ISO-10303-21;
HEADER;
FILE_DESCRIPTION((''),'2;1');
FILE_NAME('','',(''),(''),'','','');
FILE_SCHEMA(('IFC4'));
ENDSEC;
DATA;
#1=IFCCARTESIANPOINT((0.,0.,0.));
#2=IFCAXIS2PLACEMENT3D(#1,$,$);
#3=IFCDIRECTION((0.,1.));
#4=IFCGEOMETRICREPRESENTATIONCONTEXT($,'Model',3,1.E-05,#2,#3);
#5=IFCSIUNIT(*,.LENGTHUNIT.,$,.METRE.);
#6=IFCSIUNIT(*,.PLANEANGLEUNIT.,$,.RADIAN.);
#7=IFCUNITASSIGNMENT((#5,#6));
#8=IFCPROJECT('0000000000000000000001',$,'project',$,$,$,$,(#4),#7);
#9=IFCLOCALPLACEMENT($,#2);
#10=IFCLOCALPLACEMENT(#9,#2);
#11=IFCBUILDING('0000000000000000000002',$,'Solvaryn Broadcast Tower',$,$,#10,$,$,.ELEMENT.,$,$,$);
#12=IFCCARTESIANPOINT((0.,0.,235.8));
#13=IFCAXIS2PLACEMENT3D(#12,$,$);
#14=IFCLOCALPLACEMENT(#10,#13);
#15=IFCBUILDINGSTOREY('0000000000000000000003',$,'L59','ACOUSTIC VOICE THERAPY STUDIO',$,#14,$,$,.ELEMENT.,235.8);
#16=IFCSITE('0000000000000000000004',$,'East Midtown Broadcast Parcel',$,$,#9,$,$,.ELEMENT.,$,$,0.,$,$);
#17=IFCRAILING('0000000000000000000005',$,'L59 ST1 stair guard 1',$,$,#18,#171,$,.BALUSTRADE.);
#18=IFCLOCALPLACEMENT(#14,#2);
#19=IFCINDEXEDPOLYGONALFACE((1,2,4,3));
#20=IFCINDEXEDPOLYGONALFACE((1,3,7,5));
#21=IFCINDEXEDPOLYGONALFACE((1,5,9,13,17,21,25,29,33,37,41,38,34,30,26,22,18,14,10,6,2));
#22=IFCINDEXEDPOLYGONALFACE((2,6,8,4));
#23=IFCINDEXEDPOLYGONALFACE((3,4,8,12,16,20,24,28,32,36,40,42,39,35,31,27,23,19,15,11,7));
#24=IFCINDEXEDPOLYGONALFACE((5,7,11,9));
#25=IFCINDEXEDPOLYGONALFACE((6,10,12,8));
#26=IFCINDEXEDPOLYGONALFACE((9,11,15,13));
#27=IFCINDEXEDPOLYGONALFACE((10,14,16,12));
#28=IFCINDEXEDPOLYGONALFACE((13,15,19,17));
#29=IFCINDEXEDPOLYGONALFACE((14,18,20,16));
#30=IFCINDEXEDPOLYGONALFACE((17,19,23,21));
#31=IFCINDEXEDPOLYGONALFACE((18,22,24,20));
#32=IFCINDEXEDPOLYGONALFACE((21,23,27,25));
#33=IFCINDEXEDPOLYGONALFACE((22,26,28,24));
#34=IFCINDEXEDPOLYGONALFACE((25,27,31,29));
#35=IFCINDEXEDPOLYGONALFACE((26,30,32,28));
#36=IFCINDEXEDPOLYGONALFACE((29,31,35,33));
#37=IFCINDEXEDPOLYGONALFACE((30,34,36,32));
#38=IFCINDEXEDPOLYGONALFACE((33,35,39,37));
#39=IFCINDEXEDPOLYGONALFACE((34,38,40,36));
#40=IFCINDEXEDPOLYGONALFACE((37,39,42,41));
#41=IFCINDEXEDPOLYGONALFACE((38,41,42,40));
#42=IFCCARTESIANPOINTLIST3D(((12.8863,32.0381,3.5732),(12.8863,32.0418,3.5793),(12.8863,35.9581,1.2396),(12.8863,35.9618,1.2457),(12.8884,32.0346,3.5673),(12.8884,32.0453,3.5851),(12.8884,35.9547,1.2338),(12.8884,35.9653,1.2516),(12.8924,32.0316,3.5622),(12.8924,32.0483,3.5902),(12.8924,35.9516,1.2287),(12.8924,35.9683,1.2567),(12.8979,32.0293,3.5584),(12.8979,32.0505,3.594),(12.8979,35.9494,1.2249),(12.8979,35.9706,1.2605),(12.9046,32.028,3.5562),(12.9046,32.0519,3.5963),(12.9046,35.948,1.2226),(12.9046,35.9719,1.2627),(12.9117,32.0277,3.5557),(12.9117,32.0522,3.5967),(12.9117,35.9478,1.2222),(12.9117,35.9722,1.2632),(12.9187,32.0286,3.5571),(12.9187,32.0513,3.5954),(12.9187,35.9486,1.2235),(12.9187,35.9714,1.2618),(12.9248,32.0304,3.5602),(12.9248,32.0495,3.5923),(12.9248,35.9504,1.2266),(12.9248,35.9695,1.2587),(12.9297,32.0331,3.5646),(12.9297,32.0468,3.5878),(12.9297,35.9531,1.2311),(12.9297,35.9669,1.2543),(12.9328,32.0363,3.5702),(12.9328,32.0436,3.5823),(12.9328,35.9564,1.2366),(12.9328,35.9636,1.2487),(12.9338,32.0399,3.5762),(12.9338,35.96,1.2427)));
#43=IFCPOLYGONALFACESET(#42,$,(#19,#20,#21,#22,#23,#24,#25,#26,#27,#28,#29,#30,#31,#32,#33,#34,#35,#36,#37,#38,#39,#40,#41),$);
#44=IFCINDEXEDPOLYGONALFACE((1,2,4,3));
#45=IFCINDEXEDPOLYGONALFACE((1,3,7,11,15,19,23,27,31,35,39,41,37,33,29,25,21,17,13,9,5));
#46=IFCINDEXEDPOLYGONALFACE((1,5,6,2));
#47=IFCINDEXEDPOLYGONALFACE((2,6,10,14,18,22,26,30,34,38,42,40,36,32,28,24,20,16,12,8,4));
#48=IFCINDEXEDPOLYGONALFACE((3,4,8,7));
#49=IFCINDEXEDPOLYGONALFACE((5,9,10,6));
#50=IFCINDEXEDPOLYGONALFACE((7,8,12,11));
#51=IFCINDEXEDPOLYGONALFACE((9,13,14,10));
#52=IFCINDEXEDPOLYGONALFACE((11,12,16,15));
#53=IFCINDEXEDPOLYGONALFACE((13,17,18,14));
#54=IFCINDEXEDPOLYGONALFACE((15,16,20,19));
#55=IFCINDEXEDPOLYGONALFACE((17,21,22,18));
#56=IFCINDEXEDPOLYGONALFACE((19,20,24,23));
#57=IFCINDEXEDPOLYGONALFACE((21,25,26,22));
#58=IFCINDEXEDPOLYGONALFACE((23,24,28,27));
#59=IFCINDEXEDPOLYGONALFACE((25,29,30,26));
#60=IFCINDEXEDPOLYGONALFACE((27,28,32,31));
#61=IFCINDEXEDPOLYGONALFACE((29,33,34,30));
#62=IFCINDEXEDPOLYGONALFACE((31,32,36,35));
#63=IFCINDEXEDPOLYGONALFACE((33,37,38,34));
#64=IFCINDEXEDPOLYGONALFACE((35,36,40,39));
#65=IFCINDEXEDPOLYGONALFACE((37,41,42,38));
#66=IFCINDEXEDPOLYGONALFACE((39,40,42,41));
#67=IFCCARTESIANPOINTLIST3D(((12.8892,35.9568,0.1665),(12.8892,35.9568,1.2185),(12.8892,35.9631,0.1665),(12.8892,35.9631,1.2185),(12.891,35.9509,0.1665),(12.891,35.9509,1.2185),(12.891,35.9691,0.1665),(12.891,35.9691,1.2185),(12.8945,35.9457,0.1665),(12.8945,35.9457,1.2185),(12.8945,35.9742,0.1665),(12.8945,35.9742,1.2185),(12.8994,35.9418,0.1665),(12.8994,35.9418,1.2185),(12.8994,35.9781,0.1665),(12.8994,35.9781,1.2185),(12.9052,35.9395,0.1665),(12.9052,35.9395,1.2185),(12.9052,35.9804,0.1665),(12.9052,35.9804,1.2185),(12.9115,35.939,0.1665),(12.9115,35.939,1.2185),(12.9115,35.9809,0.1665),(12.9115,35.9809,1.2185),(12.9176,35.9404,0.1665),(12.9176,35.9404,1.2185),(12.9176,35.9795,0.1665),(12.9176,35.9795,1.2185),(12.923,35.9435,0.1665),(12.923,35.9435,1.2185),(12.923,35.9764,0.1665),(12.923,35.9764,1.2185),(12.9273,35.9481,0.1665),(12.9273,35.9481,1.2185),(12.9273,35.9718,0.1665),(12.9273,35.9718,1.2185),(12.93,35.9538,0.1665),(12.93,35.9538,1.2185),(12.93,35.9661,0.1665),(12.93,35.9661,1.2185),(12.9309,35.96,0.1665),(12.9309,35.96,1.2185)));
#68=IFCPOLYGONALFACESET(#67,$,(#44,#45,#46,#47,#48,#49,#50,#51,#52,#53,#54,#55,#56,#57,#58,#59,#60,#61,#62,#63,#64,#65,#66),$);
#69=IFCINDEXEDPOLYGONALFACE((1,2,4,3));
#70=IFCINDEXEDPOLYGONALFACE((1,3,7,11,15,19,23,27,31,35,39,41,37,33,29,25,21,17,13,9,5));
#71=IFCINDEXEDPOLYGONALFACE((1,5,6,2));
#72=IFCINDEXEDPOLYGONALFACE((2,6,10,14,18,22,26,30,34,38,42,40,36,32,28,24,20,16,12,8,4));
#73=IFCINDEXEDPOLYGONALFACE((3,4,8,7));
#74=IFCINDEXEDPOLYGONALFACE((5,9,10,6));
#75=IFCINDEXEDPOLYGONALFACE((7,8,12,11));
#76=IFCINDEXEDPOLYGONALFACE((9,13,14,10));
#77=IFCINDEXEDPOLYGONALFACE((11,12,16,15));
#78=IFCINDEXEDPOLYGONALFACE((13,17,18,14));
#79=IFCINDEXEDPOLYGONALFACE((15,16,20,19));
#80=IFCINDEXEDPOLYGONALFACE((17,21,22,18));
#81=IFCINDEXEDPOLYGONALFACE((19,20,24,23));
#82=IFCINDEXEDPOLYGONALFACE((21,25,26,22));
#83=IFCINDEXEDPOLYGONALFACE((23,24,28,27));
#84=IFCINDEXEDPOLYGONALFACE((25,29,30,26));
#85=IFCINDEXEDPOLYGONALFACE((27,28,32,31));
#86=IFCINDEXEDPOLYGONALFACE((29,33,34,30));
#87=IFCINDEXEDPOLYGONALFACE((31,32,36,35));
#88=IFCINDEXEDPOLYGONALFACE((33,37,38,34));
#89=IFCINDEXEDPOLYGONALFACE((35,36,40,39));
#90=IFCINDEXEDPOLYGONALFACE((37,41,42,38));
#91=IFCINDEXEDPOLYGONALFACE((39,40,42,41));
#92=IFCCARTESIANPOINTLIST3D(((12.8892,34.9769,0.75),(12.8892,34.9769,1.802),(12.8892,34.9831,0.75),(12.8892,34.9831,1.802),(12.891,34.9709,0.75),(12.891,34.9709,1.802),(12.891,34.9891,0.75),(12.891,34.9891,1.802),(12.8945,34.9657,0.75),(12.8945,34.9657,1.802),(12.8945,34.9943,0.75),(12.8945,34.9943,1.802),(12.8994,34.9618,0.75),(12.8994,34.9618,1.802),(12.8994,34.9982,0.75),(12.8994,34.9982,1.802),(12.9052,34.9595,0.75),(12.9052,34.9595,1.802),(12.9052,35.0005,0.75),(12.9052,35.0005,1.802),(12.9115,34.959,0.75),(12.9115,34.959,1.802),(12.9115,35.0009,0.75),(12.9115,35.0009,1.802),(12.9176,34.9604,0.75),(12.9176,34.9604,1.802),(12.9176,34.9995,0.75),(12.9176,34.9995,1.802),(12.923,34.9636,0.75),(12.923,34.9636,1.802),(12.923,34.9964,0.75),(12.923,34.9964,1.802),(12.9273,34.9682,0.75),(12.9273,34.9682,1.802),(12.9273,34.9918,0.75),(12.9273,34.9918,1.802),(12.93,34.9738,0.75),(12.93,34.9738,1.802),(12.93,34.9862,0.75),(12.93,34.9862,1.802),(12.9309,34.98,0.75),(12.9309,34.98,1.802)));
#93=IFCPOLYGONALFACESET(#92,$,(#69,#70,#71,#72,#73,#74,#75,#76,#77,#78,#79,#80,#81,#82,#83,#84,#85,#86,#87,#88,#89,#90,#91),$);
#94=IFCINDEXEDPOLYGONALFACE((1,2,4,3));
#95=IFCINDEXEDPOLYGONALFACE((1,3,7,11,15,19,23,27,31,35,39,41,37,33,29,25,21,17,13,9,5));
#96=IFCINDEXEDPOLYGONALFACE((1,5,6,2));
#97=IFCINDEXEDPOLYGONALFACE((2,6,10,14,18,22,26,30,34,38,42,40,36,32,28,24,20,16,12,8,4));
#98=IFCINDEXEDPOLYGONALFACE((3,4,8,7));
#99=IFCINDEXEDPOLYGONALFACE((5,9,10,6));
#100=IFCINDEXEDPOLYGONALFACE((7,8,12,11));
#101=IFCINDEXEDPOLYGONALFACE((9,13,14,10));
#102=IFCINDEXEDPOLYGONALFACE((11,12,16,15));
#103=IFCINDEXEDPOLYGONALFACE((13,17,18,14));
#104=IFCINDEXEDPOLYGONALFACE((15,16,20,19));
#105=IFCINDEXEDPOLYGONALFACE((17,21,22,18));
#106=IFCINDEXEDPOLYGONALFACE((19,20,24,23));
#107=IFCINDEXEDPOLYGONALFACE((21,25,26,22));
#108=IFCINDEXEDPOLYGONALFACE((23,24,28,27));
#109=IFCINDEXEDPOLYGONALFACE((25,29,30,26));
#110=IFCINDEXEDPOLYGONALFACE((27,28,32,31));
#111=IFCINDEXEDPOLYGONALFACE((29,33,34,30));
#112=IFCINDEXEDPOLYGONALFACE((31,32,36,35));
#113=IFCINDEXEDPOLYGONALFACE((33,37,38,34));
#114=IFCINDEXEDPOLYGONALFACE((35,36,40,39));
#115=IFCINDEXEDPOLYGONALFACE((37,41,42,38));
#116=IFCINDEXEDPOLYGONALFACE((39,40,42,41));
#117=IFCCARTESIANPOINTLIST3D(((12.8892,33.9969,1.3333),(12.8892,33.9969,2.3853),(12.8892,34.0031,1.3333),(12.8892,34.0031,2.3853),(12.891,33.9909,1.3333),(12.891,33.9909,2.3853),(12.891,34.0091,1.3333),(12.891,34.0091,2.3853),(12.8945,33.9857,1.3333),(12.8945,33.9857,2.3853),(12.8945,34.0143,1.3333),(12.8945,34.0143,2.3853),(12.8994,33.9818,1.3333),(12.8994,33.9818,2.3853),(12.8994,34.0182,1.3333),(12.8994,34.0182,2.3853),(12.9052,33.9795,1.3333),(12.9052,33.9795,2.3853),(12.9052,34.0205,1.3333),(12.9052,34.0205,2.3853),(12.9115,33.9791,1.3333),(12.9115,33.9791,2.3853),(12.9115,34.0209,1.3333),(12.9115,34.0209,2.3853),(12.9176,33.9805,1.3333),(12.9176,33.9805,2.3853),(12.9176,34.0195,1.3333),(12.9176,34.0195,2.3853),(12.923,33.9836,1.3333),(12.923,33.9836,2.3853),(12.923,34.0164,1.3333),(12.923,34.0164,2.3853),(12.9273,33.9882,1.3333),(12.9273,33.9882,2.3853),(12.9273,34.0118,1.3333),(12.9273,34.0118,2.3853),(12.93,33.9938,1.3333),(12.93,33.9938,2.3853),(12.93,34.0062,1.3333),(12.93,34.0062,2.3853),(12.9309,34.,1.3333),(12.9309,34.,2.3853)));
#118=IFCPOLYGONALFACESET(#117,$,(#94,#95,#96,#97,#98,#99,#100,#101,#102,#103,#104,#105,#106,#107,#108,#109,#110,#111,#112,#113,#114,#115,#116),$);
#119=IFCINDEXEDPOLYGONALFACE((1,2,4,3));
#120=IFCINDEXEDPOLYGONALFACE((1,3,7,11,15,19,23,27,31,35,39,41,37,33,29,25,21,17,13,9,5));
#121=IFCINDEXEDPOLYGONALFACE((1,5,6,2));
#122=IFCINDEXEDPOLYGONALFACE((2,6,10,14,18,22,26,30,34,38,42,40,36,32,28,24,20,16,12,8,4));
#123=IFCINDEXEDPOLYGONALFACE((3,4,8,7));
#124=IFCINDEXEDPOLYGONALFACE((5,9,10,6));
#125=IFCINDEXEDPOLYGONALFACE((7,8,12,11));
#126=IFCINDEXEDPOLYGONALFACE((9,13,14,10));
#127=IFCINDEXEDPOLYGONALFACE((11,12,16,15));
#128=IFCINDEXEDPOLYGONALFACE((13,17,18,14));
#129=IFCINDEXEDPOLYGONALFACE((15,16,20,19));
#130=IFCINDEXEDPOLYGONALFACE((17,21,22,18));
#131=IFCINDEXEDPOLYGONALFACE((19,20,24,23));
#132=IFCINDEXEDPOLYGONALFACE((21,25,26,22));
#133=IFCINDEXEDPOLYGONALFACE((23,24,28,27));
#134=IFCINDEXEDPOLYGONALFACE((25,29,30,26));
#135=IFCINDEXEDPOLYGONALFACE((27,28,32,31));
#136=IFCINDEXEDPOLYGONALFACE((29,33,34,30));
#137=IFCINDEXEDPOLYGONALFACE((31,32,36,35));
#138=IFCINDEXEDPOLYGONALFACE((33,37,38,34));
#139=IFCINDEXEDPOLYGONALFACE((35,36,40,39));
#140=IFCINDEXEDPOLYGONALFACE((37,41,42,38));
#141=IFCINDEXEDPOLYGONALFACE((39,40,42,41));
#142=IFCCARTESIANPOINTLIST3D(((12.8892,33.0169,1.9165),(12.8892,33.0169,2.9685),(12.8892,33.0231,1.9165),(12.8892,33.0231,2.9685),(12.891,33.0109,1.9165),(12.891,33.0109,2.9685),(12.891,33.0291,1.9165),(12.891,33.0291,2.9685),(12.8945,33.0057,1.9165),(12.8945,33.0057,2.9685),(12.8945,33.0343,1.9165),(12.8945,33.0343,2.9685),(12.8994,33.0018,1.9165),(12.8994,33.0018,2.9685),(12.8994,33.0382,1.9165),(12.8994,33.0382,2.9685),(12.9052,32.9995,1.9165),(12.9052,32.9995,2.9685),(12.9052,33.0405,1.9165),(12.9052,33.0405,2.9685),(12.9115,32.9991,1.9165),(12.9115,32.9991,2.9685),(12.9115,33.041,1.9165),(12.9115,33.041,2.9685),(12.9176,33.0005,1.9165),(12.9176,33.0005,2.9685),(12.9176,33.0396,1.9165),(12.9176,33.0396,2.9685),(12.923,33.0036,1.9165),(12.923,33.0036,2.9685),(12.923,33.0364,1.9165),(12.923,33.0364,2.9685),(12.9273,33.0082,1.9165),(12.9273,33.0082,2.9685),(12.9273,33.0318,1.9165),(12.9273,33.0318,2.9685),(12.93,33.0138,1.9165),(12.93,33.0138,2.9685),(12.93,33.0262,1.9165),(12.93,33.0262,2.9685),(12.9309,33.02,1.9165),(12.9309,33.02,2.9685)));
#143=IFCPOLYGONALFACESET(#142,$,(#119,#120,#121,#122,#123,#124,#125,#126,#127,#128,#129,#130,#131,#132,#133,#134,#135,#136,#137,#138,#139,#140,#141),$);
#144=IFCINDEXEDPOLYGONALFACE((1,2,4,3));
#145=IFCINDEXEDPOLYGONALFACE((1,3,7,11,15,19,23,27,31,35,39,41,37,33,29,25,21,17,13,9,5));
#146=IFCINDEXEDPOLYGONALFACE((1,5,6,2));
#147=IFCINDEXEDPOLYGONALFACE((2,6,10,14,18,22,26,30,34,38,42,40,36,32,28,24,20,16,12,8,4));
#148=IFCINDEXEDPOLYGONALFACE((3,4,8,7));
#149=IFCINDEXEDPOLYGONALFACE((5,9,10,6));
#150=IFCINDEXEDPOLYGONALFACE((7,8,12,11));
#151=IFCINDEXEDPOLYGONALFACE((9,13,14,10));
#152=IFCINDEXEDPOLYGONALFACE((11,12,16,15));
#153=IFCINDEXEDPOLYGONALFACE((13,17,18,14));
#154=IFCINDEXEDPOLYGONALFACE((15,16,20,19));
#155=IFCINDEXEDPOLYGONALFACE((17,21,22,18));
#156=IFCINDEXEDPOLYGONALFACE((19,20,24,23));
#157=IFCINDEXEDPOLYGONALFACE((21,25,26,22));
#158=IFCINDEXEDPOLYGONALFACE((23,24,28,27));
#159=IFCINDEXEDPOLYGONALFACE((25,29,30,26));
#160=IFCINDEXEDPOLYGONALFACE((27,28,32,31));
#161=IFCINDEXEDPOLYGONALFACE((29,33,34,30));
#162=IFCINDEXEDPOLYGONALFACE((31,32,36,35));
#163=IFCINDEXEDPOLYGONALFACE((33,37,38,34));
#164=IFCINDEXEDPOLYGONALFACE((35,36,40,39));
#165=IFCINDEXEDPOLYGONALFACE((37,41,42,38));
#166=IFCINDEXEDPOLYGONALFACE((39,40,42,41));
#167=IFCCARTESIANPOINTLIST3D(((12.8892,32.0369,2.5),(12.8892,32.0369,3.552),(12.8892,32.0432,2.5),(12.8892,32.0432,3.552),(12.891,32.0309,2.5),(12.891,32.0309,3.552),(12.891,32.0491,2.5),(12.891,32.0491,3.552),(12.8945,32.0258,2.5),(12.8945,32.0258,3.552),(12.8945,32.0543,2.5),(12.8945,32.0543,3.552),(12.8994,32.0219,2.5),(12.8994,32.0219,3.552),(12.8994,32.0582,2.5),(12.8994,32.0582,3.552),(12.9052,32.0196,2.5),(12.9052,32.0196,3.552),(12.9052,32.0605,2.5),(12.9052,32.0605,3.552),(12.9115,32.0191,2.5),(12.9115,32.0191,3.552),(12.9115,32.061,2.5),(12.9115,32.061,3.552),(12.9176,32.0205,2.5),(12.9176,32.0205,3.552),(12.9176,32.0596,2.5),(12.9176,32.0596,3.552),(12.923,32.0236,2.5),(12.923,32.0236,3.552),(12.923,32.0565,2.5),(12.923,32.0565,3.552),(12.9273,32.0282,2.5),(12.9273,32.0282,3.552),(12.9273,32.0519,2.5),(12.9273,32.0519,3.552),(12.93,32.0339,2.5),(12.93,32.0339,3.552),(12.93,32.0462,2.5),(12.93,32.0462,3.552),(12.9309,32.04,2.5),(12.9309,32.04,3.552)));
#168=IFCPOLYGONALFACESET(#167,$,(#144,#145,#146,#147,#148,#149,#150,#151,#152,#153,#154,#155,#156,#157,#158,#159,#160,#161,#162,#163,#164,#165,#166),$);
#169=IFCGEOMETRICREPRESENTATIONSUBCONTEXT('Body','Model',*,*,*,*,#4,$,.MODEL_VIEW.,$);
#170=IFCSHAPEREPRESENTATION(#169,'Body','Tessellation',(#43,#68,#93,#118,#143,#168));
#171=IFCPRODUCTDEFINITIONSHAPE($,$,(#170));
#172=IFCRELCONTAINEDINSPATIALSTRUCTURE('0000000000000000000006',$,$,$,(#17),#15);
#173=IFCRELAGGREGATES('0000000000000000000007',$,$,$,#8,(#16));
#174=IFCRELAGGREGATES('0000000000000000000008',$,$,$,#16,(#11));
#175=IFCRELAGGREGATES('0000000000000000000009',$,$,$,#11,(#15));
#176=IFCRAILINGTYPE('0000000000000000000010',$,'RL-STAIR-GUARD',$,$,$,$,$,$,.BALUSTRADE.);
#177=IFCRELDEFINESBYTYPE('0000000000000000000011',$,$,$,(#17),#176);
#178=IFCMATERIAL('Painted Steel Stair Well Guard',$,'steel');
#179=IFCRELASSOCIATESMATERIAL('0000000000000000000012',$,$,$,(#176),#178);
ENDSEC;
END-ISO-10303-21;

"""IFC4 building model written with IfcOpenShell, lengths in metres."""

from ifc_helpers import new_model, si_unit, direction, frame, origin, origin_2d, place, context, subcontext, project, spatial, circle, extrude, material, type_object, element, save


model = new_model("IFC4")

# Units and contexts
model_context = context("Model", 3, precision=1e-05, world=origin(), true_north=direction((0.0, 1.0)))
body_context = subcontext(model_context, "Body", "Model", "MODEL_VIEW")
ifc_project = project(units=[si_unit("LENGTHUNIT", "METRE"), si_unit("PLANEANGLEUNIT", "RADIAN")], contexts=[model_context])

# Site, building, storey
site_placement = place(None, origin())
site = spatial("IfcSite", under=ifc_project, at=site_placement, Name="East Midtown Broadcast Parcel", CompositionType="ELEMENT", RefElevation=0.0)
building_placement = place(site_placement, origin())
building = spatial("IfcBuilding", under=site, at=building_placement, Name="Solvaryn Broadcast Tower", CompositionType="ELEMENT")
storey_placement = place(building_placement, frame((0.0, 0.0, 235.8)))
storey = spatial("IfcBuildingStorey", under=building, at=storey_placement, Name="L59", Description="ACOUSTIC VOICE THERAPY STUDIO", CompositionType="ELEMENT", Elevation=235.8)

# Railing
ifc_material_1 = material(Name="Painted Steel Stair Well Guard", Category="steel")
railing_type_1 = type_object("IfcRailingType", Name="RL-STAIR-GUARD", PredefinedType="BALUSTRADE", material=ifc_material_1)
railing_1_placement = place(storey_placement, frame((12.9099, 35.96, 0.1665)))
element("IfcRailing", 1, at=railing_1_placement, inside=storey, type_object=railing_type_1, Name="L59 ST1 stair guard 1", PredefinedType="BALUSTRADE", context=body_context, shape_type="SweptSolid", body=[
    extrude(circle(Radius=0.0239, at=origin_2d()), frame((0.0, 0.0, 1.0762), z_axis=(0.0, -0.859273, 0.511518), x_axis=(1.0, 0.0, 0.0)), (0.0, 0.0, 1.0), 4.562),
    extrude(circle(Radius=0.021, at=origin_2d()), origin(), (0.0, 0.0, 1.0), 1.052),
    extrude(circle(Radius=0.021, at=origin_2d()), frame((0.0, -0.98, 0.5835)), (0.0, 0.0, 1.0), 1.052),
    extrude(circle(Radius=0.021, at=origin_2d()), frame((0.0, -1.96, 1.1667)), (0.0, 0.0, 1.0), 1.052),
    extrude(circle(Radius=0.021, at=origin_2d()), frame((0.0, -2.9399, 1.75)), (0.0, 0.0, 1.0), 1.052),
    extrude(circle(Radius=0.021, at=origin_2d()), frame((0.0, -3.9199, 2.3335)), (0.0, 0.0, 1.0), 1.052),
])

save(model, "model.ifc")
